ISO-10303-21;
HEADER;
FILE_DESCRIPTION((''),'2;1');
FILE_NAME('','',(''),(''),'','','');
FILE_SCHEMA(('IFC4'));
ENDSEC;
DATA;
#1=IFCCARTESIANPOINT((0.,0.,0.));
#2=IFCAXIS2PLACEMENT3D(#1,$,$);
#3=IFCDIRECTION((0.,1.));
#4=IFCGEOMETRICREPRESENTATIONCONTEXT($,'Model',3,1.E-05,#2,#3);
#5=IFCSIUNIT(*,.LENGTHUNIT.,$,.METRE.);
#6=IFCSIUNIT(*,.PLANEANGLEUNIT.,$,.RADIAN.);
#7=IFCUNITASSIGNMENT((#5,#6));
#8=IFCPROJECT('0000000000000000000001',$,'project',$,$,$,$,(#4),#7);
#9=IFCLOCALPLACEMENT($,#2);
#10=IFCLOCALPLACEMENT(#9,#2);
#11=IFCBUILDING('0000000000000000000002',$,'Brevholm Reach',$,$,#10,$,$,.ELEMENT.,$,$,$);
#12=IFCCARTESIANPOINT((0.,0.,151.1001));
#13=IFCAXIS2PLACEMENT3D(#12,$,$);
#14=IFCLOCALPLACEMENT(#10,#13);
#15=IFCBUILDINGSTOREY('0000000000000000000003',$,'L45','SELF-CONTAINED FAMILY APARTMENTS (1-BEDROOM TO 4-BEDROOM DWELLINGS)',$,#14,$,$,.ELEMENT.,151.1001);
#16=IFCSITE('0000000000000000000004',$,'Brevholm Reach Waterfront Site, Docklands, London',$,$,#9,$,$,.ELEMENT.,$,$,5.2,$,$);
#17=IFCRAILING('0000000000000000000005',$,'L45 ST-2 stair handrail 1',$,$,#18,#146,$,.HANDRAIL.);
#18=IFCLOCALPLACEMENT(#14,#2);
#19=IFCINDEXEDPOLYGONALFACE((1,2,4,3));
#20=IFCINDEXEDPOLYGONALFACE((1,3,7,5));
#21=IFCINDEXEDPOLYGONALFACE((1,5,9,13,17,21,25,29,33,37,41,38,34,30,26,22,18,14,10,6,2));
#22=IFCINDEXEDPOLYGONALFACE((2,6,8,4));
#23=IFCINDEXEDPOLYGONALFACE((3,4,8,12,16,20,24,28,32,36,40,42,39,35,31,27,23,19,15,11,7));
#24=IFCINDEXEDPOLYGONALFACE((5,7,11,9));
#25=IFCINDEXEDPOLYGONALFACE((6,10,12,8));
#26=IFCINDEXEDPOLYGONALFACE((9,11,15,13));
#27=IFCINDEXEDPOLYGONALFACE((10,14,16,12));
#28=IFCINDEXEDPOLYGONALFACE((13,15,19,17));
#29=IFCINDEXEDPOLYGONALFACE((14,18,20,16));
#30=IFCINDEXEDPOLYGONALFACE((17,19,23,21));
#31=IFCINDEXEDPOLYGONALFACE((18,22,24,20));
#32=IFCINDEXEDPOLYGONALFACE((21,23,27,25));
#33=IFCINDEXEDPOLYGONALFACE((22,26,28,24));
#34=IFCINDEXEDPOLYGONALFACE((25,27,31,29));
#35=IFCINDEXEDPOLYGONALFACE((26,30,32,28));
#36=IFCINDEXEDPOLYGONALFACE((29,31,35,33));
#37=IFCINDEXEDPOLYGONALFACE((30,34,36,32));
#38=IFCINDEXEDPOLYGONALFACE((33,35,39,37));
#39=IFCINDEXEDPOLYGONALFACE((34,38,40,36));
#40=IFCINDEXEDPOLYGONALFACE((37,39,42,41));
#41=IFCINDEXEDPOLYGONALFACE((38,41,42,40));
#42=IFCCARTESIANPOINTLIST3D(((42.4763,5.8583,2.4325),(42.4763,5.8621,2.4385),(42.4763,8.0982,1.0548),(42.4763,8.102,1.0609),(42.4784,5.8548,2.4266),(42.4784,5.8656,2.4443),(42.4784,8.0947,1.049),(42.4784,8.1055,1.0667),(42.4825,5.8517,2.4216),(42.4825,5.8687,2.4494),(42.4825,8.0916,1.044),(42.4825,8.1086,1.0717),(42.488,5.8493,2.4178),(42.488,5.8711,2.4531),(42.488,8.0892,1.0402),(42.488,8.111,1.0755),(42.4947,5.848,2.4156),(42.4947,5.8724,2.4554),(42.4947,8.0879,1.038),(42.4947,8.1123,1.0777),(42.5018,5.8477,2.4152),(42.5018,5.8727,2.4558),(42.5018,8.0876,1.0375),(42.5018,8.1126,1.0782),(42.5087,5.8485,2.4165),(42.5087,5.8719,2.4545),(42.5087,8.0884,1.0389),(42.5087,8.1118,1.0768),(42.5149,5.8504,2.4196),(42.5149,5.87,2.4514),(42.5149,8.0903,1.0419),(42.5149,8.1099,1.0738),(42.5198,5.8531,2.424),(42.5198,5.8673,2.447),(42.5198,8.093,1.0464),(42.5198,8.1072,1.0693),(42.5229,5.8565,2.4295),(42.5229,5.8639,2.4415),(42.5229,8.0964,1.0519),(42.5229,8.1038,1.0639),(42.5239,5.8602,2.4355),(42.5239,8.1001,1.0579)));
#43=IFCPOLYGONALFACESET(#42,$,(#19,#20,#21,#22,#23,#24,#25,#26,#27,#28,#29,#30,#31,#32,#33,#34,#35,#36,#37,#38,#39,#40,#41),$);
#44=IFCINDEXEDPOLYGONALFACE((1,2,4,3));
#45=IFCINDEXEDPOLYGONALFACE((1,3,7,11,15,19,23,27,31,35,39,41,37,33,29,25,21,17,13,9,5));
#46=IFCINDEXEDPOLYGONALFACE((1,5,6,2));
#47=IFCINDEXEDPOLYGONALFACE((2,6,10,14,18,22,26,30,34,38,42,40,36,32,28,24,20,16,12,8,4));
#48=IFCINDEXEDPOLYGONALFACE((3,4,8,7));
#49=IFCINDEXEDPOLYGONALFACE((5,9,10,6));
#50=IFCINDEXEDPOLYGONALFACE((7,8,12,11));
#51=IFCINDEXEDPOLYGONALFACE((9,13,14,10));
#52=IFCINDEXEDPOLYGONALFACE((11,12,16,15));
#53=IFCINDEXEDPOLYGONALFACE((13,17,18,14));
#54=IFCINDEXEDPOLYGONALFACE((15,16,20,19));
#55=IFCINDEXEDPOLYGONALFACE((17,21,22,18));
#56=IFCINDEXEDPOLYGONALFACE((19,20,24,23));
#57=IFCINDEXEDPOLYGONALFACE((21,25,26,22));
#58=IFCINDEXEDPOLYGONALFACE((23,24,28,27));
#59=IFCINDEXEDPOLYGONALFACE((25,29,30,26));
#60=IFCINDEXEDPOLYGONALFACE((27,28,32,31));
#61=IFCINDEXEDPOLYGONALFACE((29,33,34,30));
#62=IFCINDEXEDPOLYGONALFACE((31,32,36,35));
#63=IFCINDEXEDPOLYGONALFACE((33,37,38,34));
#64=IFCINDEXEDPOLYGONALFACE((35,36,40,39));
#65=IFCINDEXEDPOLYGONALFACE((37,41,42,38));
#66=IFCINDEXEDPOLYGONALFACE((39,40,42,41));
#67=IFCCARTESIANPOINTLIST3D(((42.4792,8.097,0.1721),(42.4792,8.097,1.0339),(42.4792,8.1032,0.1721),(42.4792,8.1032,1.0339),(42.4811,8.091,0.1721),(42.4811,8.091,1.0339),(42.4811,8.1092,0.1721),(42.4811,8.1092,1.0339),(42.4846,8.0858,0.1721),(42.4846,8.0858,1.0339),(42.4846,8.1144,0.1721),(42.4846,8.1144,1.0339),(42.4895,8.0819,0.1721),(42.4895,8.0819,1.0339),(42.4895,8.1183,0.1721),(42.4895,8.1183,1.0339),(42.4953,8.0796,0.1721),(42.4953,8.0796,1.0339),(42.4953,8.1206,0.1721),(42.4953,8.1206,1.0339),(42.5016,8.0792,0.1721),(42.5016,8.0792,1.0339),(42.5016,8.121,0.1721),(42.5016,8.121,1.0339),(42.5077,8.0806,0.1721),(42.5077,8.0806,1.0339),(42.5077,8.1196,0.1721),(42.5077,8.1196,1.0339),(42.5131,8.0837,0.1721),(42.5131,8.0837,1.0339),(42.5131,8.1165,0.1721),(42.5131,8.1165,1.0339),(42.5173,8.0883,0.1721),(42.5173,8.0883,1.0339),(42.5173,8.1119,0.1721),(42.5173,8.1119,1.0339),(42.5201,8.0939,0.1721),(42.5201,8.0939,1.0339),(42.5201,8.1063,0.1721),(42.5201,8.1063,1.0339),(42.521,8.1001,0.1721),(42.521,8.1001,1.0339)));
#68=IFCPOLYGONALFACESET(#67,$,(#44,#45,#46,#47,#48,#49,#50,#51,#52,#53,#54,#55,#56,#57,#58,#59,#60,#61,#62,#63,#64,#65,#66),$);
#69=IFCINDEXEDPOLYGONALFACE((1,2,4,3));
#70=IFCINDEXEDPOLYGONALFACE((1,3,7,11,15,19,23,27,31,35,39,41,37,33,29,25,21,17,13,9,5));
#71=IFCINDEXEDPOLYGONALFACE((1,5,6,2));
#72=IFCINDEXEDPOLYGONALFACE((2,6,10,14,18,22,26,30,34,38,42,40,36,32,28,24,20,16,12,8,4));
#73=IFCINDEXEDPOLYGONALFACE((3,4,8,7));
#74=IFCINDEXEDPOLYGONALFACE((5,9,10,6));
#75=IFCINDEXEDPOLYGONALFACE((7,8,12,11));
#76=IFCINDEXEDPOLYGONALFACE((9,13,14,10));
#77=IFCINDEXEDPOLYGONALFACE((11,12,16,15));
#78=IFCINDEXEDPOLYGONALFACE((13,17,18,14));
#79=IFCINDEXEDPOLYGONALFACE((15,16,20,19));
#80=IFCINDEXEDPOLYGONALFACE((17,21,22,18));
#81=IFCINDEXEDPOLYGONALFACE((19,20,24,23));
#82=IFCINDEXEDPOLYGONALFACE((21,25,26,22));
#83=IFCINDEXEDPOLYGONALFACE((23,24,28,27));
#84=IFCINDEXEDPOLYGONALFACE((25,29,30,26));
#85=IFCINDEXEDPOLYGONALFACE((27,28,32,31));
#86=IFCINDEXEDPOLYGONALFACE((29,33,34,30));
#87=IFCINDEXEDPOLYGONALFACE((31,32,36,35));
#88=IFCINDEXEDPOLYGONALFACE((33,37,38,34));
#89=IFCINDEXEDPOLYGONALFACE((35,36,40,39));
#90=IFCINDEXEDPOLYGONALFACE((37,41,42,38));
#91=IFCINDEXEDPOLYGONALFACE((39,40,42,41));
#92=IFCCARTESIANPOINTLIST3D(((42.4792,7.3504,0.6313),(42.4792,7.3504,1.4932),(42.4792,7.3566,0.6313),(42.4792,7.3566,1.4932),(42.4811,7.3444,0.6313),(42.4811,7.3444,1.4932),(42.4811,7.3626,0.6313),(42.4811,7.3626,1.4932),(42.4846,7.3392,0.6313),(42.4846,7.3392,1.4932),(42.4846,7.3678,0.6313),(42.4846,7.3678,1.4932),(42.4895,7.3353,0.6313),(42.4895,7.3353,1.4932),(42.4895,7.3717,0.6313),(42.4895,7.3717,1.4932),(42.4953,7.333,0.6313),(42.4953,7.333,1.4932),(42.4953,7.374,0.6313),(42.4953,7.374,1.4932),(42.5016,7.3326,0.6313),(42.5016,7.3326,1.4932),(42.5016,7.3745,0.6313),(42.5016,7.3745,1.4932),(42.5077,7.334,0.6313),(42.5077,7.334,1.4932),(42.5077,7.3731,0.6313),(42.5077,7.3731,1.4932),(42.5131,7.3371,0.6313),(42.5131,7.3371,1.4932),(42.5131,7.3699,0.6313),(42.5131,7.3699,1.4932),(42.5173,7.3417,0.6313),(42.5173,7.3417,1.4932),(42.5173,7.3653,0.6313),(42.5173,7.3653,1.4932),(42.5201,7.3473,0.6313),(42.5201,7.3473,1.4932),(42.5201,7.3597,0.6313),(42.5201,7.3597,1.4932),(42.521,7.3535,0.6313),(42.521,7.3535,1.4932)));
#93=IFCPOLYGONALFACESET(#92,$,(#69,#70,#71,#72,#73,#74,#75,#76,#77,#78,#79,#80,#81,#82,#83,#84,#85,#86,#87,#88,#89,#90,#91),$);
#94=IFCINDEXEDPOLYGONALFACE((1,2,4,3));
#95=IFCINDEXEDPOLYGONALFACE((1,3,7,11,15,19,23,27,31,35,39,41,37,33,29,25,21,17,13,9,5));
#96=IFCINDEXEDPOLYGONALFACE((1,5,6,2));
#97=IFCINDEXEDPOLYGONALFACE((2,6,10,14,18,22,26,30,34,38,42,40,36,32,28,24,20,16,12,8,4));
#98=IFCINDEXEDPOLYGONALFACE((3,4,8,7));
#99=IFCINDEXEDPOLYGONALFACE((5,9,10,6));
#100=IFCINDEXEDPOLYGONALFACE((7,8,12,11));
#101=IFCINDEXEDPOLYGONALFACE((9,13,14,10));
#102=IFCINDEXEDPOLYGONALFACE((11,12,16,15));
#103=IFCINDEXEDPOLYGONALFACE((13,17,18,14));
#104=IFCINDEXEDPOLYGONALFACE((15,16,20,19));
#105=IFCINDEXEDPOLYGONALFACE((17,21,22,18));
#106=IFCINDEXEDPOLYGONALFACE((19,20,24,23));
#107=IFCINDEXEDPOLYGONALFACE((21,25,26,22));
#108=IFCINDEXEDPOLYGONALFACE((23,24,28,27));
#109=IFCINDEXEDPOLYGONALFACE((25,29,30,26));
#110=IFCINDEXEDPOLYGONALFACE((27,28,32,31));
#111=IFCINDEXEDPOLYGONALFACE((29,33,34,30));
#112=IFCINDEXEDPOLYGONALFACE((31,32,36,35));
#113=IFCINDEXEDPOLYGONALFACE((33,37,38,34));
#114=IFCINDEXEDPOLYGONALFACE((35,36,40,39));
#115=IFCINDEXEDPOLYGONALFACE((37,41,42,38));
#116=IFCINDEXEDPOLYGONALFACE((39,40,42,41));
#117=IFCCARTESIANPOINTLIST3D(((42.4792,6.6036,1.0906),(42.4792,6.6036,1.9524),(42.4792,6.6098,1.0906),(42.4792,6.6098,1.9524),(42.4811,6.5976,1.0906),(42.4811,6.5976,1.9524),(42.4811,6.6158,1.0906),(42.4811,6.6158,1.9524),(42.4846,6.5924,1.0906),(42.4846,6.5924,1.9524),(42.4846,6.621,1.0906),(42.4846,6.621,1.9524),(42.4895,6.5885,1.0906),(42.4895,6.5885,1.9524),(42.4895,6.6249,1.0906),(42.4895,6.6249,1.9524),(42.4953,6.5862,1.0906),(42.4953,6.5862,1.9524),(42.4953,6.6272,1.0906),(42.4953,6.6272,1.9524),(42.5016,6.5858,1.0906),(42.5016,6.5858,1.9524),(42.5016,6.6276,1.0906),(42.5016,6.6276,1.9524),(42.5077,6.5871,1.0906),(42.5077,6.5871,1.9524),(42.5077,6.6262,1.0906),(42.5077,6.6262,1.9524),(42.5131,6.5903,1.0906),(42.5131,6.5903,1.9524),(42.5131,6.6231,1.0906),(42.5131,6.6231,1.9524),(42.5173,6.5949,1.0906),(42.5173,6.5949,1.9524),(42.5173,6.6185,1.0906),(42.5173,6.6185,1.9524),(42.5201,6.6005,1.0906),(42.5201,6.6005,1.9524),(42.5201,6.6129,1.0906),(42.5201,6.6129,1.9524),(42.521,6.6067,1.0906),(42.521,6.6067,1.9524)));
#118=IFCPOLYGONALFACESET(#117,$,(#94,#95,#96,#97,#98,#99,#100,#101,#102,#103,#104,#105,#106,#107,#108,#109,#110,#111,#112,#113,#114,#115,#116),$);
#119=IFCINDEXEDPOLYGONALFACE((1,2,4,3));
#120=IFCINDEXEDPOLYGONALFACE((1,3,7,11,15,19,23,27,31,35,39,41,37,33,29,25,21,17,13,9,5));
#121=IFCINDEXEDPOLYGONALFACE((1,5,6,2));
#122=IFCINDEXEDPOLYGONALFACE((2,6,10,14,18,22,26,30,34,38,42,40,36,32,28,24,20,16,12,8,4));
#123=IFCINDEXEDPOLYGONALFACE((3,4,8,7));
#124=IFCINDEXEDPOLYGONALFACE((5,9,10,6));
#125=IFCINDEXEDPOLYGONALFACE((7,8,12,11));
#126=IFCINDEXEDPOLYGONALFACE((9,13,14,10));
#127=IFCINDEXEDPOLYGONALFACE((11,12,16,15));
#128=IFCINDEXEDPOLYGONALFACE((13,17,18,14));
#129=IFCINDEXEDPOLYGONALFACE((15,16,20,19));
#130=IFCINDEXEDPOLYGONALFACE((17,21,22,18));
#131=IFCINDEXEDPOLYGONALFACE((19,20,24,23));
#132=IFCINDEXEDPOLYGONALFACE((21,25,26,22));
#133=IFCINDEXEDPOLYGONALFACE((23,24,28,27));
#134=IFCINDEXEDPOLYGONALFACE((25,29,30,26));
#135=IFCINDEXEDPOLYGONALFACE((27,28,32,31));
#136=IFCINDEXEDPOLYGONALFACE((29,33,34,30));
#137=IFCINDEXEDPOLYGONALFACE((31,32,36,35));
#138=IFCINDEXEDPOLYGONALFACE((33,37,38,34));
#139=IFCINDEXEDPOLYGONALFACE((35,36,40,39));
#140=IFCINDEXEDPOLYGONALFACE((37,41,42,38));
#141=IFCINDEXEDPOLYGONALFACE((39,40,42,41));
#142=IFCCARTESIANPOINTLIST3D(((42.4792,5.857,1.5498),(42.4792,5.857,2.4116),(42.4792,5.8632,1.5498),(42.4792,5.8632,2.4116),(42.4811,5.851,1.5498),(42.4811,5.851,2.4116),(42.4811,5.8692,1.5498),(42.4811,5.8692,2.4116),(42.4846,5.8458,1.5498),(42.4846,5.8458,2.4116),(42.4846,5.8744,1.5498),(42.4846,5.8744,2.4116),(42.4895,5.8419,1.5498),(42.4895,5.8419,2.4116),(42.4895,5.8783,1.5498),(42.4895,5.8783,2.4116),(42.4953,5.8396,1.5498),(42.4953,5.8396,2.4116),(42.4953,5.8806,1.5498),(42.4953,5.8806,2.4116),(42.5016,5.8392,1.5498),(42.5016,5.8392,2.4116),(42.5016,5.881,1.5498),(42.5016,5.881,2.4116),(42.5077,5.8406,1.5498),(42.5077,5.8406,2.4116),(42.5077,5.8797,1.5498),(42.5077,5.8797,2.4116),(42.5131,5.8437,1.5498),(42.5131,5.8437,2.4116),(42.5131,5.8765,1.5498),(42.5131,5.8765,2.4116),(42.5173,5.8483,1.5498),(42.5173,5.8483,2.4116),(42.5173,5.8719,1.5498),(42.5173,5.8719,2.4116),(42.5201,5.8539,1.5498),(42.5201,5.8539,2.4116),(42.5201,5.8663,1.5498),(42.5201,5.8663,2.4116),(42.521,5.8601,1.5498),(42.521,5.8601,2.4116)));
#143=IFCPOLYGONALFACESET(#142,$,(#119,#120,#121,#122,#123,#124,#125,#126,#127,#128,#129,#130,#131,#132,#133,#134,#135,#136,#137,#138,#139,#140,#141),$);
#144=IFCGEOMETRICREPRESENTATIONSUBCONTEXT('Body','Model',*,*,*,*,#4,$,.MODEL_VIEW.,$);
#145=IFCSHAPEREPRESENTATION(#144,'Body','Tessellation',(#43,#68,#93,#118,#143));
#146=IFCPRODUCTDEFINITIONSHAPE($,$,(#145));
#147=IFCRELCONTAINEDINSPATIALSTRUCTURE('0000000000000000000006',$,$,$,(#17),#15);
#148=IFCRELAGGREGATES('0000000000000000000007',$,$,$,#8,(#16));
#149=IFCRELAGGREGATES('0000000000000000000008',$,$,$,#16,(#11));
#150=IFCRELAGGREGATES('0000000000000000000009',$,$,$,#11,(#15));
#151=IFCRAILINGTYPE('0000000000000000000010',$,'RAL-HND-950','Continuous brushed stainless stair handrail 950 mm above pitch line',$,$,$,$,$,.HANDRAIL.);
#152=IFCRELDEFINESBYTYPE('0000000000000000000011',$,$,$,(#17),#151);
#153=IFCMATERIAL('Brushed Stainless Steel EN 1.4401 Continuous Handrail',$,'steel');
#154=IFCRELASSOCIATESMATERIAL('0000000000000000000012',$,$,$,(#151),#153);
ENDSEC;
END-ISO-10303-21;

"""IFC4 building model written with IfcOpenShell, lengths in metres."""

from ifc_helpers import new_model, si_unit, direction, frame, origin, origin_2d, place, context, subcontext, project, spatial, circle, extrude, material, type_object, element, save


model = new_model("IFC4")

# Units and contexts
model_context = context("Model", 3, precision=1e-05, world=origin(), true_north=direction((0.0, 1.0)))
body_context = subcontext(model_context, "Body", "Model", "MODEL_VIEW")
ifc_project = project(units=[si_unit("LENGTHUNIT", "METRE"), si_unit("PLANEANGLEUNIT", "RADIAN")], contexts=[model_context])

# Site, building, storey
site_placement = place(None, origin())
site = spatial("IfcSite", under=ifc_project, at=site_placement, Name="Brevholm Reach Waterfront Site, Docklands, London", CompositionType="ELEMENT", RefElevation=5.2)
building_placement = place(site_placement, origin())
building = spatial("IfcBuilding", under=site, at=building_placement, Name="Brevholm Reach", CompositionType="ELEMENT")
storey_placement = place(building_placement, frame((0.0, 0.0, 151.1001)))
storey = spatial("IfcBuildingStorey", under=building, at=storey_placement, Name="L45", Description="SELF-CONTAINED FAMILY APARTMENTS (1-BEDROOM TO 4-BEDROOM DWELLINGS)", CompositionType="ELEMENT", Elevation=151.1001)

# Railing
ifc_material_1 = material(Name="Brushed Stainless Steel EN 1.4401 Continuous Handrail", Category="steel")
railing_type_1 = type_object("IfcRailingType", Name="RAL-HND-950", Description="Continuous brushed stainless stair handrail 950 mm above pitch line", PredefinedType="HANDRAIL", material=ifc_material_1)
railing_1_placement = place(storey_placement, frame((42.5, 8.1001, 0.1721)))
element("IfcRailing", 1, at=railing_1_placement, inside=storey, type_object=railing_type_1, Name="L45 ST-2 stair handrail 1", PredefinedType="HANDRAIL", context=body_context, shape_type="SweptSolid", body=[
    extrude(circle(Radius=0.0239, at=origin_2d()), frame((0.0, 0.0, 0.8857), z_axis=(0.0, -0.851789, 0.523885), x_axis=(1.0, 0.0, 0.0)), (0.0, 0.0, 1.0), 2.6296),
    extrude(circle(Radius=0.021, at=origin_2d()), origin(), (0.0, 0.0, 1.0), 0.8618),
    extrude(circle(Radius=0.021, at=origin_2d()), frame((0.0, -0.7466, 0.4592)), (0.0, 0.0, 1.0), 0.8618),
    extrude(circle(Radius=0.021, at=origin_2d()), frame((0.0, -1.4934, 0.9185)), (0.0, 0.0, 1.0), 0.8618),
    extrude(circle(Radius=0.021, at=origin_2d()), frame((0.0, -2.24, 1.3777)), (0.0, 0.0, 1.0), 0.8618),
])

save(model, "model.ifc")
